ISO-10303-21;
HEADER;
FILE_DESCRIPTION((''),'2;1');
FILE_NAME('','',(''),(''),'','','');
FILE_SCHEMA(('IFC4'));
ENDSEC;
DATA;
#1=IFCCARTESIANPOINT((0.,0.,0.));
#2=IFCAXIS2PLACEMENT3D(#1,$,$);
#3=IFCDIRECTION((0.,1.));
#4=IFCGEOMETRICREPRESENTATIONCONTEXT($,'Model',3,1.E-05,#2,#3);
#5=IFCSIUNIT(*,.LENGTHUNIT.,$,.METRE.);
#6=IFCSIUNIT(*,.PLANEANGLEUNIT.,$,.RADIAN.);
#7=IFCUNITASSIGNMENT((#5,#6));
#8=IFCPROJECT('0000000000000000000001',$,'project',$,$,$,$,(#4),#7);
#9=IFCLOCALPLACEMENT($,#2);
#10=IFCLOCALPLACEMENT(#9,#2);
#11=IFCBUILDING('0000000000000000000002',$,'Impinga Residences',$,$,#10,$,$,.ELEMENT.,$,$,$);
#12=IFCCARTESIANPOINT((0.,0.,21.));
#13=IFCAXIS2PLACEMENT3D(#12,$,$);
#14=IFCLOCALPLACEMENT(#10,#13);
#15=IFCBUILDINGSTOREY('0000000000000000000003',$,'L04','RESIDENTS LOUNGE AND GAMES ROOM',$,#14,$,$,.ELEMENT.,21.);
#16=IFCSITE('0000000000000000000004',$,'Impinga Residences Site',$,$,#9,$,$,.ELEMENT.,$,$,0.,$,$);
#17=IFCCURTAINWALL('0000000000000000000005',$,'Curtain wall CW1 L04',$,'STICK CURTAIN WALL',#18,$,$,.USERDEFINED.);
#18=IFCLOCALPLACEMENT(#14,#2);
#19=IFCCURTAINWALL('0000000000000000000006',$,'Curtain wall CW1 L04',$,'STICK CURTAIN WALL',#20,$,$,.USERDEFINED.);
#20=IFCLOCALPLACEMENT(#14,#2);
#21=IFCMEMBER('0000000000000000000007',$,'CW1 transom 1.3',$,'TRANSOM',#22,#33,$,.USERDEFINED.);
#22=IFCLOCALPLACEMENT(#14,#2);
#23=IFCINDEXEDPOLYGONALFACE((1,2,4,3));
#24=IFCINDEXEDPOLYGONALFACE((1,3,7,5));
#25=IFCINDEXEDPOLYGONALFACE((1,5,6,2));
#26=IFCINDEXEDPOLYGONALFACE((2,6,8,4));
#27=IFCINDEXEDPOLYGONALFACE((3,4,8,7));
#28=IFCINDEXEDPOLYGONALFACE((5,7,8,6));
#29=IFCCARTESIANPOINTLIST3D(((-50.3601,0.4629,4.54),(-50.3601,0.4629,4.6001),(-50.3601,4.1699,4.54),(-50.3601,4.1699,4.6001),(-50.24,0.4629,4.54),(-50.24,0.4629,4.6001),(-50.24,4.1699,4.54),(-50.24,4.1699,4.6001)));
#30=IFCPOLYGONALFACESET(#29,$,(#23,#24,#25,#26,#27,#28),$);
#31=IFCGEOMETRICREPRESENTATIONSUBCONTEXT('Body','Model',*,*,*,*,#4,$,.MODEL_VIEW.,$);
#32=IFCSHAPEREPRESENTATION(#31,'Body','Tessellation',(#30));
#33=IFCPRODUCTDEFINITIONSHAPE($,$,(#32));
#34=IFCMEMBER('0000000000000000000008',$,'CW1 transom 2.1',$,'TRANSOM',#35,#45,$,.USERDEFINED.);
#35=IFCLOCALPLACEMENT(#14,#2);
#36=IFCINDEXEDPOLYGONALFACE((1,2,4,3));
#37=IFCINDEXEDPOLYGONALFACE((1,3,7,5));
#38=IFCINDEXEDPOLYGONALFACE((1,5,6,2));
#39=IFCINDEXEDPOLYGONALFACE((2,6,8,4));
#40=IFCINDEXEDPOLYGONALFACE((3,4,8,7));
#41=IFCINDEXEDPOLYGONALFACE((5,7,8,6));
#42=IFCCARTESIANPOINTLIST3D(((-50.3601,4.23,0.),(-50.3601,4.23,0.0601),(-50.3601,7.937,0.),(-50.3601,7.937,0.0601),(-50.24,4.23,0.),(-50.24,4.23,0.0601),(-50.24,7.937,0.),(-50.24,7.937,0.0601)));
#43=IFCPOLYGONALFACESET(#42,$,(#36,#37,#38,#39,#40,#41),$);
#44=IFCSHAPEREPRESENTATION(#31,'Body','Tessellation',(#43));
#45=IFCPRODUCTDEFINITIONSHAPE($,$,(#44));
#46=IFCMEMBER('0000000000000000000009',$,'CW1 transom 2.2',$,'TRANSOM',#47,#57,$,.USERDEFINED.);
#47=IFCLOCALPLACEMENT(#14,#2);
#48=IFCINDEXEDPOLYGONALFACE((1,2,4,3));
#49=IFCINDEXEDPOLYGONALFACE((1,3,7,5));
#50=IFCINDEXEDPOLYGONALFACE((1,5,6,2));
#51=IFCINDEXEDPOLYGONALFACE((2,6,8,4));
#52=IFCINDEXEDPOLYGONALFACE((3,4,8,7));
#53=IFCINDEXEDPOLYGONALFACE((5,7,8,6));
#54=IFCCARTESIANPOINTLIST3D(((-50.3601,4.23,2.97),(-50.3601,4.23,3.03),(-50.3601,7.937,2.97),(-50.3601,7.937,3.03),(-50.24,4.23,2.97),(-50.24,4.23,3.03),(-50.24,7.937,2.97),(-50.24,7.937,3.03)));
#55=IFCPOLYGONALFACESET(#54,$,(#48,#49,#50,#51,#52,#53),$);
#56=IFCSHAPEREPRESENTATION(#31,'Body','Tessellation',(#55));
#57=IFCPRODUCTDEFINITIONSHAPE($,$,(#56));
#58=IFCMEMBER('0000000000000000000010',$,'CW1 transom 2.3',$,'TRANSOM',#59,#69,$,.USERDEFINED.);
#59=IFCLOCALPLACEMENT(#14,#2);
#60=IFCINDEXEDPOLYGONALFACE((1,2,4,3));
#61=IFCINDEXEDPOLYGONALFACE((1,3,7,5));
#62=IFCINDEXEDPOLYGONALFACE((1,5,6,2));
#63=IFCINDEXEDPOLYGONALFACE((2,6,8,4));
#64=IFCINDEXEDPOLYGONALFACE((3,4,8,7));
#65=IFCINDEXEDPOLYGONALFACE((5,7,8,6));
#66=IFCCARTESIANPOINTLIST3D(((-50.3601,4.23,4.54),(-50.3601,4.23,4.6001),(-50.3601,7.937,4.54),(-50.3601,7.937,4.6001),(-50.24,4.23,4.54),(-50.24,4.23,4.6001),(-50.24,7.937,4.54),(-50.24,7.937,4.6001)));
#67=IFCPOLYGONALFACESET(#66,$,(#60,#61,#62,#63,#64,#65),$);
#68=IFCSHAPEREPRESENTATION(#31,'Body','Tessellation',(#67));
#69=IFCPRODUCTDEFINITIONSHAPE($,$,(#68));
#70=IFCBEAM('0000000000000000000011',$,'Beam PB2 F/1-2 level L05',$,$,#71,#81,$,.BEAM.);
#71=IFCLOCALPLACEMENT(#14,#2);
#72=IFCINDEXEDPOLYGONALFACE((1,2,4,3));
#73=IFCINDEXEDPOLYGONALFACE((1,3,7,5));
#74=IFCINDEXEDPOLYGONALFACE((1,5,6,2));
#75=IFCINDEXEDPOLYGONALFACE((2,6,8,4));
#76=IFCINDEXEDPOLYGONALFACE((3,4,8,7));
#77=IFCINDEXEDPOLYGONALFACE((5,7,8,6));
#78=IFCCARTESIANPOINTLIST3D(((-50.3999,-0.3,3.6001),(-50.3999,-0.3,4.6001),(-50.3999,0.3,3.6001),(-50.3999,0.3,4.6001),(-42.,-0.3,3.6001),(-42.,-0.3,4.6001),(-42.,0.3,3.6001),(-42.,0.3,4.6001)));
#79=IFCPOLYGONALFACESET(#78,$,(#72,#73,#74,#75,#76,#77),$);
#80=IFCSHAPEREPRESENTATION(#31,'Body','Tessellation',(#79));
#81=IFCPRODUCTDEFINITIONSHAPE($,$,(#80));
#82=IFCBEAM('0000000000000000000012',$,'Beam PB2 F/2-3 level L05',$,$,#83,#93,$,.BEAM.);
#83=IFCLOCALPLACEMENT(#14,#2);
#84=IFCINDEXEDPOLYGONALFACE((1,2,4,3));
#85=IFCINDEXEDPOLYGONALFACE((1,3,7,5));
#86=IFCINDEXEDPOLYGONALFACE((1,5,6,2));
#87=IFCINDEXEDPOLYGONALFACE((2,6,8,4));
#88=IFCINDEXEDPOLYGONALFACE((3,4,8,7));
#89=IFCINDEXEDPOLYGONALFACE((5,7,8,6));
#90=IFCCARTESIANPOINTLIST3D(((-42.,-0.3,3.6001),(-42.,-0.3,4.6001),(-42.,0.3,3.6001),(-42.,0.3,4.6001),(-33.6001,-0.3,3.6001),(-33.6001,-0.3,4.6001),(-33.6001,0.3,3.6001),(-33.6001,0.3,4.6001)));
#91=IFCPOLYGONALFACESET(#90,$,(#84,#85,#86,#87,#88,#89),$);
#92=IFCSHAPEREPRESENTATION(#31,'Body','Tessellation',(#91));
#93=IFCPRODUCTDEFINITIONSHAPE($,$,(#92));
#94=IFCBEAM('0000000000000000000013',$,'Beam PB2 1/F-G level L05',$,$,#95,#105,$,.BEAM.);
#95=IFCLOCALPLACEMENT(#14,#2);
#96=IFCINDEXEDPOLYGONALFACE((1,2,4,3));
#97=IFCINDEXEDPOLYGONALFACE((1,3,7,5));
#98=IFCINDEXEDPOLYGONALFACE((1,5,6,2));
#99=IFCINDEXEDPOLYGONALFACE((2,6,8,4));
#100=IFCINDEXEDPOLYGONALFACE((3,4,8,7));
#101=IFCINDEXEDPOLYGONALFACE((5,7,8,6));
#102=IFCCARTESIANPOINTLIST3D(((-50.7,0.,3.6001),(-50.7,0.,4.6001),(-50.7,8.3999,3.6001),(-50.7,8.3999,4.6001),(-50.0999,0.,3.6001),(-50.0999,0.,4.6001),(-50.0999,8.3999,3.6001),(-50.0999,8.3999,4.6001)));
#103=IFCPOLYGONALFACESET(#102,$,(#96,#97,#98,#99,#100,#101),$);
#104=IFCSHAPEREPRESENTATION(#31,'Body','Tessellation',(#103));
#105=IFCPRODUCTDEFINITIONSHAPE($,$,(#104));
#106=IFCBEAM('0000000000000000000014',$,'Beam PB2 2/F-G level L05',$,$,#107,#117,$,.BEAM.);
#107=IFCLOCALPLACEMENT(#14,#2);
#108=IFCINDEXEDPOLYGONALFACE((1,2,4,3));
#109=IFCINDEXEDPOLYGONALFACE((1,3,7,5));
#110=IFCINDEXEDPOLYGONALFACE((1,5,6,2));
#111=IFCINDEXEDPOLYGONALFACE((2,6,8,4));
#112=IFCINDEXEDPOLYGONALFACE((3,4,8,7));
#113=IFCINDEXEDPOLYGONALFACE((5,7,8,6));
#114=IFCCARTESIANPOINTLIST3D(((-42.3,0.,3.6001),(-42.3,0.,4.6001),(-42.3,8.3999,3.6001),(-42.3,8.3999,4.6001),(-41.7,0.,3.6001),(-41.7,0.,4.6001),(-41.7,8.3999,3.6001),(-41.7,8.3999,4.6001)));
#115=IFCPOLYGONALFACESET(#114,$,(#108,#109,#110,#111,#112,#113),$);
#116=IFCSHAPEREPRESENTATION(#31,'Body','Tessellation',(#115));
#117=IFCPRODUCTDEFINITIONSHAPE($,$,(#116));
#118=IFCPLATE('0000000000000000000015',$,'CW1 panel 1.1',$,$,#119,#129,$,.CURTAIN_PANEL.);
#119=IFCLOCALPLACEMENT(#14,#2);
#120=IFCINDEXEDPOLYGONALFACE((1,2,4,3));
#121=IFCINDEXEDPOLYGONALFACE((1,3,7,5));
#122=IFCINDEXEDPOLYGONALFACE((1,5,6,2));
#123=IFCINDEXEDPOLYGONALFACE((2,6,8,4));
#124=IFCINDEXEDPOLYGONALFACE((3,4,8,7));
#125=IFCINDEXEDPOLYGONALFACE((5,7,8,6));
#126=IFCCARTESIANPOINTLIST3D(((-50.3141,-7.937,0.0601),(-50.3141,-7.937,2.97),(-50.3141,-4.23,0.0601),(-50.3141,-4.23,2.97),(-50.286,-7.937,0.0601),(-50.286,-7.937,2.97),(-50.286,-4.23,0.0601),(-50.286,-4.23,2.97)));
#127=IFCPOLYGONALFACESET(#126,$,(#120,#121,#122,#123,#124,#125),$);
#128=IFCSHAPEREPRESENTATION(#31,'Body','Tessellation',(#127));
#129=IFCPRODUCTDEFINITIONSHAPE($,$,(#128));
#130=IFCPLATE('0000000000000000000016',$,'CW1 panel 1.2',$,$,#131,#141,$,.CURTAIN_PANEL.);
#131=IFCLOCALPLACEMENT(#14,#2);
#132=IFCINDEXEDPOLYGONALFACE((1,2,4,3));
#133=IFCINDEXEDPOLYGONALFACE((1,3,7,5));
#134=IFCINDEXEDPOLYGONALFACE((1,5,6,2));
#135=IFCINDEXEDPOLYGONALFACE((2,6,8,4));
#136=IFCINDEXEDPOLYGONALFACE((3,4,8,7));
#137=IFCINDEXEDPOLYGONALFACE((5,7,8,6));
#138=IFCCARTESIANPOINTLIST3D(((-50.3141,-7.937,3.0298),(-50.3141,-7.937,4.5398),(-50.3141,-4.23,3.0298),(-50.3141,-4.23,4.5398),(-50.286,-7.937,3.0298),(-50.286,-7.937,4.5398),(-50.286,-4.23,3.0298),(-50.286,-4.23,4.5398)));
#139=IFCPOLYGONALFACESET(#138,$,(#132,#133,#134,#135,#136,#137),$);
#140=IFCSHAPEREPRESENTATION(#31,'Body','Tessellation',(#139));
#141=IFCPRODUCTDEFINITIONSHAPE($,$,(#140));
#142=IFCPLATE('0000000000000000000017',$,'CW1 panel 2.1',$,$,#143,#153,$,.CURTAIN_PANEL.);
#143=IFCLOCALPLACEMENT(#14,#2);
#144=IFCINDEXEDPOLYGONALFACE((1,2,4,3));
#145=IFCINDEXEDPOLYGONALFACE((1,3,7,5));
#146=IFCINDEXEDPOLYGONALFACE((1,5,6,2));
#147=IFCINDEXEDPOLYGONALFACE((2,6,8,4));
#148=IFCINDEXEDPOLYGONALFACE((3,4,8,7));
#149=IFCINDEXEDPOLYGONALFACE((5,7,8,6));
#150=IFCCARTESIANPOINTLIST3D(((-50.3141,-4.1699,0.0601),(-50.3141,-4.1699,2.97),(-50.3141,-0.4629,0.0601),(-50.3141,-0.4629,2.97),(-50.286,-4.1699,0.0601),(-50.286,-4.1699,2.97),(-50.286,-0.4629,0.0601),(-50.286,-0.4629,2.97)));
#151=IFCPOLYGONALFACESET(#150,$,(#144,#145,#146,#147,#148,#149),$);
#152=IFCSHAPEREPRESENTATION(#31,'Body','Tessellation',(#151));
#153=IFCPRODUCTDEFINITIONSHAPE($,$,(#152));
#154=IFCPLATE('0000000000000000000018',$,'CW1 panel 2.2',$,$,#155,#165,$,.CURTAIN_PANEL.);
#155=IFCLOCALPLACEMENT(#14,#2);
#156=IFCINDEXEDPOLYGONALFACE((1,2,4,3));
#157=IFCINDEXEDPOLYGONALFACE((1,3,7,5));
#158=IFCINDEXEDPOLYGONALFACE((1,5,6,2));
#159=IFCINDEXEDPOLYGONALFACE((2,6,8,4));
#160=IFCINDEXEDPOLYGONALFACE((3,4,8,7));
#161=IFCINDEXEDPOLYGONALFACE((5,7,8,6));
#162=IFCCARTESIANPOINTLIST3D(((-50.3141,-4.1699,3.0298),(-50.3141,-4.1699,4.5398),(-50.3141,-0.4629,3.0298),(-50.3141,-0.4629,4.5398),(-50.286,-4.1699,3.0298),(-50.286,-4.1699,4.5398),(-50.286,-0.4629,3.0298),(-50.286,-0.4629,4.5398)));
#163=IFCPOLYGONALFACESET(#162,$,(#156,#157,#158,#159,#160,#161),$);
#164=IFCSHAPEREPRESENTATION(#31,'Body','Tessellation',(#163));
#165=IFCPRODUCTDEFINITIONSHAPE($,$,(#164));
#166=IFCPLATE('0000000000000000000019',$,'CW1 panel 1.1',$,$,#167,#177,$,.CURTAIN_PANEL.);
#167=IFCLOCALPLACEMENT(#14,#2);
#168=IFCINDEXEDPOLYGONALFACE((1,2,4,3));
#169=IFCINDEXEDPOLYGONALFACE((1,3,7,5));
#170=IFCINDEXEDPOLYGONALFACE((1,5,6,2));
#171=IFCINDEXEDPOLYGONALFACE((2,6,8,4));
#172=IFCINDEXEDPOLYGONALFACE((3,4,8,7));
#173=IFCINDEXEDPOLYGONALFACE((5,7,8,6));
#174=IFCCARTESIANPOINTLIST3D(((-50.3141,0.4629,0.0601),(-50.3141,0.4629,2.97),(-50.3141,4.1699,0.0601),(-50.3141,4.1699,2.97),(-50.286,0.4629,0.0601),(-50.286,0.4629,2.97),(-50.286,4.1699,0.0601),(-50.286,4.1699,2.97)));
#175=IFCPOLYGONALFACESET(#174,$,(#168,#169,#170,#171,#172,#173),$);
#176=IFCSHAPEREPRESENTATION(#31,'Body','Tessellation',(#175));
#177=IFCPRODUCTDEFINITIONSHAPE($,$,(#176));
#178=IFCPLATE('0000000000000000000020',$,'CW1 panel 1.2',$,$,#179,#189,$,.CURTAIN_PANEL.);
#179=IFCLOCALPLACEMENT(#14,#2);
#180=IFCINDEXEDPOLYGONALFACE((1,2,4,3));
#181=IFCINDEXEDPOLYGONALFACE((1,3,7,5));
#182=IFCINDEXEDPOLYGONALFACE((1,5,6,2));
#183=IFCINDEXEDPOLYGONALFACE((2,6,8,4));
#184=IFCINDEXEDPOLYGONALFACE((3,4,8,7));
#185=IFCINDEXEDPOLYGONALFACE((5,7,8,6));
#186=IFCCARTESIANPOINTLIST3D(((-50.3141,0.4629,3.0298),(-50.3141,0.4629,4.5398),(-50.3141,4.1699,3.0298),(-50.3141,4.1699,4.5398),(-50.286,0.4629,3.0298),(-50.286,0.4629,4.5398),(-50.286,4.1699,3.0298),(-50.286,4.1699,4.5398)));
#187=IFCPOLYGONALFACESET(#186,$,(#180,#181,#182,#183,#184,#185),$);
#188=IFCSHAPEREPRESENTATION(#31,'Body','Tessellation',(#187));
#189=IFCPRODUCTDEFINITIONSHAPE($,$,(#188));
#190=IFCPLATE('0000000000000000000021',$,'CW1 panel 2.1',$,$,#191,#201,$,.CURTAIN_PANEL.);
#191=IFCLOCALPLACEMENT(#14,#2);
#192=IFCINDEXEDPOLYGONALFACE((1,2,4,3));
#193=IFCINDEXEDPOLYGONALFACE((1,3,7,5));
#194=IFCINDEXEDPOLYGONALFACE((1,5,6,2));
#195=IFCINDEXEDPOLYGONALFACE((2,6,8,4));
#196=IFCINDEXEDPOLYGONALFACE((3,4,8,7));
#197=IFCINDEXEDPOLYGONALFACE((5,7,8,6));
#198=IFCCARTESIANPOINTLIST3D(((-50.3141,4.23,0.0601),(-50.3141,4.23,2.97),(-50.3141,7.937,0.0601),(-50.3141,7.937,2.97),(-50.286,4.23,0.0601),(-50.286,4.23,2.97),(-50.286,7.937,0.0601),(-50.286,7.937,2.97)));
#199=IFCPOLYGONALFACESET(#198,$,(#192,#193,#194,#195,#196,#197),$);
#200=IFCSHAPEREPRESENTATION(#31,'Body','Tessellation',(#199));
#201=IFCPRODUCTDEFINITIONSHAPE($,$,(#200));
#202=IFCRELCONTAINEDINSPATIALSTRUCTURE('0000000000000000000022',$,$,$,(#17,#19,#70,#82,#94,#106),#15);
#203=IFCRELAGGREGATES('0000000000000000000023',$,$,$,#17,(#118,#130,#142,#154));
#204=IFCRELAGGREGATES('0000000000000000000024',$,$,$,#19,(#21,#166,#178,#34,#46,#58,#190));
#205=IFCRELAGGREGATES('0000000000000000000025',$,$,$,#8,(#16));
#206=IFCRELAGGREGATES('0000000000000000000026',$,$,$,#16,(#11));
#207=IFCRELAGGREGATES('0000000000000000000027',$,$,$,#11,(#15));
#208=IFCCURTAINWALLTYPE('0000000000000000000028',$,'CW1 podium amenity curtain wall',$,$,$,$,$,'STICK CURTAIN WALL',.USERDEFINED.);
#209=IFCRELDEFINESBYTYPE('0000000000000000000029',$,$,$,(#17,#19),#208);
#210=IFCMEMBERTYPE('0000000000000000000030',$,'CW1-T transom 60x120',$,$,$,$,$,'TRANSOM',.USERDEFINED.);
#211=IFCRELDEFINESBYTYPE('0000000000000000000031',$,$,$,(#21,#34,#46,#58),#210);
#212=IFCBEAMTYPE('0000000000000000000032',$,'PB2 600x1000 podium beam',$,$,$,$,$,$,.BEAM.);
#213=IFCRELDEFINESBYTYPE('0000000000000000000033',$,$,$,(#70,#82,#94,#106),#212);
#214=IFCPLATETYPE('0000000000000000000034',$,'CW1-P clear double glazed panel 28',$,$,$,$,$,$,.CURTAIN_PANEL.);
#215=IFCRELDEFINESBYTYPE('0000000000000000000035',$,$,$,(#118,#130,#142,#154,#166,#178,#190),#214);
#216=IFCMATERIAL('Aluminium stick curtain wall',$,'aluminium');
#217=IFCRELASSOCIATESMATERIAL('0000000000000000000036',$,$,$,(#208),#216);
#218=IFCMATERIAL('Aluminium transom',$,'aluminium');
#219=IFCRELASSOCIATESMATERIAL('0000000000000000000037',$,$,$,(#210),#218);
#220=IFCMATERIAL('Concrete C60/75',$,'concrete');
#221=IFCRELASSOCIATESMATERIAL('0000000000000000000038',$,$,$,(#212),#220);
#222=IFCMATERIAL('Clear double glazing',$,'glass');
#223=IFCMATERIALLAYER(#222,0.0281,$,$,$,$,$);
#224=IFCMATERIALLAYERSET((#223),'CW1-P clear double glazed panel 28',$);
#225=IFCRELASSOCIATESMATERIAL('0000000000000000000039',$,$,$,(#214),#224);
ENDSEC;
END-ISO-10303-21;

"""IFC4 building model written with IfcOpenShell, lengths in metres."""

from ifc_helpers import new_model, si_unit, direction, frame, origin, origin_2d, place, context, subcontext, project, spatial, rectangle, extrude, material, layer, layer_set, material_profile, profile_set, type_object, element, aggregate, save


model = new_model("IFC4")

# Units and contexts
model_context = context("Model", 3, precision=1e-05, world=origin(), true_north=direction((0.0, 1.0)))
body_context = subcontext(model_context, "Body", "Model", "MODEL_VIEW")
ifc_project = project(units=[si_unit("LENGTHUNIT", "METRE"), si_unit("PLANEANGLEUNIT", "RADIAN")], contexts=[model_context])

# Site, building, storey
site_placement = place(None, origin())
site = spatial("IfcSite", under=ifc_project, at=site_placement, Name="Impinga Residences Site", CompositionType="ELEMENT", RefElevation=0.0)
building_placement = place(site_placement, origin())
building = spatial("IfcBuilding", under=site, at=building_placement, Name="Impinga Residences", CompositionType="ELEMENT")
storey_placement = place(building_placement, frame((0.0, 0.0, 21.0)))
storey = spatial("IfcBuildingStorey", under=building, at=storey_placement, Name="L04", Description="RESIDENTS LOUNGE AND GAMES ROOM", CompositionType="ELEMENT", Elevation=21.0)

# Curtain walls
ifc_material_1 = material(Name="Aluminium stick curtain wall", Category="aluminium")
curtain_wall_type = type_object("IfcCurtainWallType", Name="CW1 podium amenity curtain wall", ElementType="STICK CURTAIN WALL", PredefinedType="USERDEFINED", material=ifc_material_1)
curtain_wall_1_placement = place(storey_placement, origin())
curtain_wall_1 = element("IfcCurtainWall", 1, at=curtain_wall_1_placement, inside=storey, type_object=curtain_wall_type, Name="Curtain wall CW1 L04", ObjectType="STICK CURTAIN WALL", PredefinedType="USERDEFINED")
curtain_wall_2_placement = place(storey_placement, origin())
curtain_wall_2 = element("IfcCurtainWall", 2, at=curtain_wall_2_placement, inside=storey, type_object=curtain_wall_type, Name="Curtain wall CW1 L04", ObjectType="STICK CURTAIN WALL", PredefinedType="USERDEFINED")

# Members
ifc_material_2 = material(Name="Aluminium transom", Category="aluminium")
ifc_material_profile_1 = material_profile(ifc_material_2, rectangle(XDim=0.0601, YDim=0.1201, at=origin_2d()), Name="60x120 transom")
ifc_profile_set_1 = profile_set([ifc_material_profile_1], Name="Aluminium transom")
member_type_1 = type_object("IfcMemberType", Name="CW1-T transom 60x120", ElementType="TRANSOM", PredefinedType="USERDEFINED", material=ifc_profile_set_1)
member_1_placement = place(storey_placement, frame((-50.3, 0.4629, 4.5701), z_axis=(0.0, 1.0, 0.0), x_axis=(0.0, 0.0, 1.0)))
member_1 = element("IfcMember", 3, at=member_1_placement, type_object=member_type_1, Name="CW1 transom 1.3", ObjectType="TRANSOM", PredefinedType="USERDEFINED", context=body_context, shape_type="SweptSolid", body=[
    extrude(rectangle(XDim=0.0601, YDim=0.1201, at=origin_2d()), origin(), (0.0, 0.0, 1.0), 3.707),
])
member_2_placement = place(storey_placement, frame((-50.3, 4.23, 0.03), z_axis=(0.0, 1.0, 0.0), x_axis=(0.0, 0.0, 1.0)))
member_2 = element("IfcMember", 4, at=member_2_placement, type_object=member_type_1, Name="CW1 transom 2.1", ObjectType="TRANSOM", PredefinedType="USERDEFINED", context=body_context, shape_type="SweptSolid", body=[
    extrude(rectangle(XDim=0.0601, YDim=0.1201, at=origin_2d()), origin(), (0.0, 0.0, 1.0), 3.707),
])
member_3_placement = place(storey_placement, frame((-50.3, 4.23, 3.0), z_axis=(0.0, 1.0, 0.0), x_axis=(0.0, 0.0, 1.0)))
member_3 = element("IfcMember", 5, at=member_3_placement, type_object=member_type_1, Name="CW1 transom 2.2", ObjectType="TRANSOM", PredefinedType="USERDEFINED", context=body_context, shape_type="SweptSolid", body=[
    extrude(rectangle(XDim=0.0601, YDim=0.1201, at=origin_2d()), origin(), (0.0, 0.0, 1.0), 3.707),
])
member_4_placement = place(storey_placement, frame((-50.3, 4.23, 4.5701), z_axis=(0.0, 1.0, 0.0), x_axis=(0.0, 0.0, 1.0)))
member_4 = element("IfcMember", 6, at=member_4_placement, type_object=member_type_1, Name="CW1 transom 2.3", ObjectType="TRANSOM", PredefinedType="USERDEFINED", context=body_context, shape_type="SweptSolid", body=[
    extrude(rectangle(XDim=0.0601, YDim=0.1201, at=origin_2d()), origin(), (0.0, 0.0, 1.0), 3.707),
])

# Beams
ifc_material_3 = material(Name="Concrete C60/75", Category="concrete")
ifc_material_profile_2 = material_profile(ifc_material_3, rectangle(XDim=0.6001, YDim=1.0, at=origin_2d()), Name="RC 600x1000")
ifc_profile_set_2 = profile_set([ifc_material_profile_2], Name="Concrete C60/75")
beam_type = type_object("IfcBeamType", Name="PB2 600x1000 podium beam", PredefinedType="BEAM", material=ifc_profile_set_2)
for number, where, z_axis, x_axis, name in (
    (7, (-50.3999, 0.0, 4.1001), (1.0, 0.0, 0.0), (0.0, 1.0, 0.0), "Beam PB2 F/1-2 level L05"),
    (8, (-42.0, 0.0, 4.1001), (1.0, 0.0, 0.0), (0.0, 1.0, 0.0), "Beam PB2 F/2-3 level L05"),
    (9, (-50.3999, 0.0, 4.1001), (0.0, 1.0, 0.0), (-1.0, 0.0, 0.0), "Beam PB2 1/F-G level L05"),
    (10, (-42.0, 0.0, 4.1001), (0.0, 1.0, 0.0), (-1.0, 0.0, 0.0), "Beam PB2 2/F-G level L05"),
):
    element("IfcBeam", number, at=place(storey_placement, frame(where, z_axis=z_axis, x_axis=x_axis)), inside=storey, type_object=beam_type, Name=name, PredefinedType="BEAM", context=body_context, shape_type="SweptSolid", body=[
        extrude(rectangle(XDim=0.6001, YDim=1.0, at=origin_2d()), origin(), (0.0, 0.0, 1.0), 8.3999),
    ])

# Plates
ifc_material_4 = material(Name="Clear double glazing", Category="glass")
ifc_layer = layer(ifc_material_4, 0.0281)
ifc_layer_set = layer_set([ifc_layer], Name="CW1-P clear double glazed panel 28")
plate_type = type_object("IfcPlateType", Name="CW1-P clear double glazed panel 28", PredefinedType="CURTAIN_PANEL", material=ifc_layer_set)
plate_1_placement = place(storey_placement, frame((-50.3, -6.0835, 0.0601), z_axis=(0.0, 0.0, 1.0), x_axis=(0.0, 1.0, 0.0)))
plate_1 = element("IfcPlate", 11, at=plate_1_placement, type_object=plate_type, Name="CW1 panel 1.1", PredefinedType="CURTAIN_PANEL", context=body_context, shape_type="SweptSolid", body=[
    extrude(rectangle(XDim=3.707, YDim=0.0281, at=origin_2d()), origin(), (0.0, 0.0, 1.0), 2.9099),
])
plate_2_placement = place(storey_placement, frame((-50.3, -6.0835, 3.0298), z_axis=(0.0, 0.0, 1.0), x_axis=(0.0, 1.0, 0.0)))
plate_2 = element("IfcPlate", 12, at=plate_2_placement, type_object=plate_type, Name="CW1 panel 1.2", PredefinedType="CURTAIN_PANEL", context=body_context, shape_type="SweptSolid", body=[
    extrude(rectangle(XDim=3.707, YDim=0.0281, at=origin_2d()), origin(), (0.0, 0.0, 1.0), 1.51),
])
plate_3_placement = place(storey_placement, frame((-50.3, -2.3164, 0.0601), z_axis=(0.0, 0.0, 1.0), x_axis=(0.0, 1.0, 0.0)))
plate_3 = element("IfcPlate", 13, at=plate_3_placement, type_object=plate_type, Name="CW1 panel 2.1", PredefinedType="CURTAIN_PANEL", context=body_context, shape_type="SweptSolid", body=[
    extrude(rectangle(XDim=3.707, YDim=0.0281, at=origin_2d()), origin(), (0.0, 0.0, 1.0), 2.9099),
])
plate_4_placement = place(storey_placement, frame((-50.3, -2.3164, 3.0298), z_axis=(0.0, 0.0, 1.0), x_axis=(0.0, 1.0, 0.0)))
plate_4 = element("IfcPlate", 14, at=plate_4_placement, type_object=plate_type, Name="CW1 panel 2.2", PredefinedType="CURTAIN_PANEL", context=body_context, shape_type="SweptSolid", body=[
    extrude(rectangle(XDim=3.707, YDim=0.0281, at=origin_2d()), origin(), (0.0, 0.0, 1.0), 1.51),
])
aggregate(curtain_wall_1, [plate_1, plate_2, plate_3, plate_4])
plate_5_placement = place(storey_placement, frame((-50.3, 2.3164, 0.0601), z_axis=(0.0, 0.0, 1.0), x_axis=(0.0, 1.0, 0.0)))
plate_5 = element("IfcPlate", 15, at=plate_5_placement, type_object=plate_type, Name="CW1 panel 1.1", PredefinedType="CURTAIN_PANEL", context=body_context, shape_type="SweptSolid", body=[
    extrude(rectangle(XDim=3.707, YDim=0.0281, at=origin_2d()), origin(), (0.0, 0.0, 1.0), 2.9099),
])
plate_6_placement = place(storey_placement, frame((-50.3, 2.3164, 3.0298), z_axis=(0.0, 0.0, 1.0), x_axis=(0.0, 1.0, 0.0)))
plate_6 = element("IfcPlate", 16, at=plate_6_placement, type_object=plate_type, Name="CW1 panel 1.2", PredefinedType="CURTAIN_PANEL", context=body_context, shape_type="SweptSolid", body=[
    extrude(rectangle(XDim=3.707, YDim=0.0281, at=origin_2d()), origin(), (0.0, 0.0, 1.0), 1.51),
])
plate_7_placement = place(storey_placement, frame((-50.3, 6.0835, 0.0601), z_axis=(0.0, 0.0, 1.0), x_axis=(0.0, 1.0, 0.0)))
plate_7 = element("IfcPlate", 17, at=plate_7_placement, type_object=plate_type, Name="CW1 panel 2.1", PredefinedType="CURTAIN_PANEL", context=body_context, shape_type="SweptSolid", body=[
    extrude(rectangle(XDim=3.707, YDim=0.0281, at=origin_2d()), origin(), (0.0, 0.0, 1.0), 2.9099),
])
aggregate(curtain_wall_2, [member_1, plate_5, plate_6, member_2, member_3, member_4, plate_7])

save(model, "model.ifc")
